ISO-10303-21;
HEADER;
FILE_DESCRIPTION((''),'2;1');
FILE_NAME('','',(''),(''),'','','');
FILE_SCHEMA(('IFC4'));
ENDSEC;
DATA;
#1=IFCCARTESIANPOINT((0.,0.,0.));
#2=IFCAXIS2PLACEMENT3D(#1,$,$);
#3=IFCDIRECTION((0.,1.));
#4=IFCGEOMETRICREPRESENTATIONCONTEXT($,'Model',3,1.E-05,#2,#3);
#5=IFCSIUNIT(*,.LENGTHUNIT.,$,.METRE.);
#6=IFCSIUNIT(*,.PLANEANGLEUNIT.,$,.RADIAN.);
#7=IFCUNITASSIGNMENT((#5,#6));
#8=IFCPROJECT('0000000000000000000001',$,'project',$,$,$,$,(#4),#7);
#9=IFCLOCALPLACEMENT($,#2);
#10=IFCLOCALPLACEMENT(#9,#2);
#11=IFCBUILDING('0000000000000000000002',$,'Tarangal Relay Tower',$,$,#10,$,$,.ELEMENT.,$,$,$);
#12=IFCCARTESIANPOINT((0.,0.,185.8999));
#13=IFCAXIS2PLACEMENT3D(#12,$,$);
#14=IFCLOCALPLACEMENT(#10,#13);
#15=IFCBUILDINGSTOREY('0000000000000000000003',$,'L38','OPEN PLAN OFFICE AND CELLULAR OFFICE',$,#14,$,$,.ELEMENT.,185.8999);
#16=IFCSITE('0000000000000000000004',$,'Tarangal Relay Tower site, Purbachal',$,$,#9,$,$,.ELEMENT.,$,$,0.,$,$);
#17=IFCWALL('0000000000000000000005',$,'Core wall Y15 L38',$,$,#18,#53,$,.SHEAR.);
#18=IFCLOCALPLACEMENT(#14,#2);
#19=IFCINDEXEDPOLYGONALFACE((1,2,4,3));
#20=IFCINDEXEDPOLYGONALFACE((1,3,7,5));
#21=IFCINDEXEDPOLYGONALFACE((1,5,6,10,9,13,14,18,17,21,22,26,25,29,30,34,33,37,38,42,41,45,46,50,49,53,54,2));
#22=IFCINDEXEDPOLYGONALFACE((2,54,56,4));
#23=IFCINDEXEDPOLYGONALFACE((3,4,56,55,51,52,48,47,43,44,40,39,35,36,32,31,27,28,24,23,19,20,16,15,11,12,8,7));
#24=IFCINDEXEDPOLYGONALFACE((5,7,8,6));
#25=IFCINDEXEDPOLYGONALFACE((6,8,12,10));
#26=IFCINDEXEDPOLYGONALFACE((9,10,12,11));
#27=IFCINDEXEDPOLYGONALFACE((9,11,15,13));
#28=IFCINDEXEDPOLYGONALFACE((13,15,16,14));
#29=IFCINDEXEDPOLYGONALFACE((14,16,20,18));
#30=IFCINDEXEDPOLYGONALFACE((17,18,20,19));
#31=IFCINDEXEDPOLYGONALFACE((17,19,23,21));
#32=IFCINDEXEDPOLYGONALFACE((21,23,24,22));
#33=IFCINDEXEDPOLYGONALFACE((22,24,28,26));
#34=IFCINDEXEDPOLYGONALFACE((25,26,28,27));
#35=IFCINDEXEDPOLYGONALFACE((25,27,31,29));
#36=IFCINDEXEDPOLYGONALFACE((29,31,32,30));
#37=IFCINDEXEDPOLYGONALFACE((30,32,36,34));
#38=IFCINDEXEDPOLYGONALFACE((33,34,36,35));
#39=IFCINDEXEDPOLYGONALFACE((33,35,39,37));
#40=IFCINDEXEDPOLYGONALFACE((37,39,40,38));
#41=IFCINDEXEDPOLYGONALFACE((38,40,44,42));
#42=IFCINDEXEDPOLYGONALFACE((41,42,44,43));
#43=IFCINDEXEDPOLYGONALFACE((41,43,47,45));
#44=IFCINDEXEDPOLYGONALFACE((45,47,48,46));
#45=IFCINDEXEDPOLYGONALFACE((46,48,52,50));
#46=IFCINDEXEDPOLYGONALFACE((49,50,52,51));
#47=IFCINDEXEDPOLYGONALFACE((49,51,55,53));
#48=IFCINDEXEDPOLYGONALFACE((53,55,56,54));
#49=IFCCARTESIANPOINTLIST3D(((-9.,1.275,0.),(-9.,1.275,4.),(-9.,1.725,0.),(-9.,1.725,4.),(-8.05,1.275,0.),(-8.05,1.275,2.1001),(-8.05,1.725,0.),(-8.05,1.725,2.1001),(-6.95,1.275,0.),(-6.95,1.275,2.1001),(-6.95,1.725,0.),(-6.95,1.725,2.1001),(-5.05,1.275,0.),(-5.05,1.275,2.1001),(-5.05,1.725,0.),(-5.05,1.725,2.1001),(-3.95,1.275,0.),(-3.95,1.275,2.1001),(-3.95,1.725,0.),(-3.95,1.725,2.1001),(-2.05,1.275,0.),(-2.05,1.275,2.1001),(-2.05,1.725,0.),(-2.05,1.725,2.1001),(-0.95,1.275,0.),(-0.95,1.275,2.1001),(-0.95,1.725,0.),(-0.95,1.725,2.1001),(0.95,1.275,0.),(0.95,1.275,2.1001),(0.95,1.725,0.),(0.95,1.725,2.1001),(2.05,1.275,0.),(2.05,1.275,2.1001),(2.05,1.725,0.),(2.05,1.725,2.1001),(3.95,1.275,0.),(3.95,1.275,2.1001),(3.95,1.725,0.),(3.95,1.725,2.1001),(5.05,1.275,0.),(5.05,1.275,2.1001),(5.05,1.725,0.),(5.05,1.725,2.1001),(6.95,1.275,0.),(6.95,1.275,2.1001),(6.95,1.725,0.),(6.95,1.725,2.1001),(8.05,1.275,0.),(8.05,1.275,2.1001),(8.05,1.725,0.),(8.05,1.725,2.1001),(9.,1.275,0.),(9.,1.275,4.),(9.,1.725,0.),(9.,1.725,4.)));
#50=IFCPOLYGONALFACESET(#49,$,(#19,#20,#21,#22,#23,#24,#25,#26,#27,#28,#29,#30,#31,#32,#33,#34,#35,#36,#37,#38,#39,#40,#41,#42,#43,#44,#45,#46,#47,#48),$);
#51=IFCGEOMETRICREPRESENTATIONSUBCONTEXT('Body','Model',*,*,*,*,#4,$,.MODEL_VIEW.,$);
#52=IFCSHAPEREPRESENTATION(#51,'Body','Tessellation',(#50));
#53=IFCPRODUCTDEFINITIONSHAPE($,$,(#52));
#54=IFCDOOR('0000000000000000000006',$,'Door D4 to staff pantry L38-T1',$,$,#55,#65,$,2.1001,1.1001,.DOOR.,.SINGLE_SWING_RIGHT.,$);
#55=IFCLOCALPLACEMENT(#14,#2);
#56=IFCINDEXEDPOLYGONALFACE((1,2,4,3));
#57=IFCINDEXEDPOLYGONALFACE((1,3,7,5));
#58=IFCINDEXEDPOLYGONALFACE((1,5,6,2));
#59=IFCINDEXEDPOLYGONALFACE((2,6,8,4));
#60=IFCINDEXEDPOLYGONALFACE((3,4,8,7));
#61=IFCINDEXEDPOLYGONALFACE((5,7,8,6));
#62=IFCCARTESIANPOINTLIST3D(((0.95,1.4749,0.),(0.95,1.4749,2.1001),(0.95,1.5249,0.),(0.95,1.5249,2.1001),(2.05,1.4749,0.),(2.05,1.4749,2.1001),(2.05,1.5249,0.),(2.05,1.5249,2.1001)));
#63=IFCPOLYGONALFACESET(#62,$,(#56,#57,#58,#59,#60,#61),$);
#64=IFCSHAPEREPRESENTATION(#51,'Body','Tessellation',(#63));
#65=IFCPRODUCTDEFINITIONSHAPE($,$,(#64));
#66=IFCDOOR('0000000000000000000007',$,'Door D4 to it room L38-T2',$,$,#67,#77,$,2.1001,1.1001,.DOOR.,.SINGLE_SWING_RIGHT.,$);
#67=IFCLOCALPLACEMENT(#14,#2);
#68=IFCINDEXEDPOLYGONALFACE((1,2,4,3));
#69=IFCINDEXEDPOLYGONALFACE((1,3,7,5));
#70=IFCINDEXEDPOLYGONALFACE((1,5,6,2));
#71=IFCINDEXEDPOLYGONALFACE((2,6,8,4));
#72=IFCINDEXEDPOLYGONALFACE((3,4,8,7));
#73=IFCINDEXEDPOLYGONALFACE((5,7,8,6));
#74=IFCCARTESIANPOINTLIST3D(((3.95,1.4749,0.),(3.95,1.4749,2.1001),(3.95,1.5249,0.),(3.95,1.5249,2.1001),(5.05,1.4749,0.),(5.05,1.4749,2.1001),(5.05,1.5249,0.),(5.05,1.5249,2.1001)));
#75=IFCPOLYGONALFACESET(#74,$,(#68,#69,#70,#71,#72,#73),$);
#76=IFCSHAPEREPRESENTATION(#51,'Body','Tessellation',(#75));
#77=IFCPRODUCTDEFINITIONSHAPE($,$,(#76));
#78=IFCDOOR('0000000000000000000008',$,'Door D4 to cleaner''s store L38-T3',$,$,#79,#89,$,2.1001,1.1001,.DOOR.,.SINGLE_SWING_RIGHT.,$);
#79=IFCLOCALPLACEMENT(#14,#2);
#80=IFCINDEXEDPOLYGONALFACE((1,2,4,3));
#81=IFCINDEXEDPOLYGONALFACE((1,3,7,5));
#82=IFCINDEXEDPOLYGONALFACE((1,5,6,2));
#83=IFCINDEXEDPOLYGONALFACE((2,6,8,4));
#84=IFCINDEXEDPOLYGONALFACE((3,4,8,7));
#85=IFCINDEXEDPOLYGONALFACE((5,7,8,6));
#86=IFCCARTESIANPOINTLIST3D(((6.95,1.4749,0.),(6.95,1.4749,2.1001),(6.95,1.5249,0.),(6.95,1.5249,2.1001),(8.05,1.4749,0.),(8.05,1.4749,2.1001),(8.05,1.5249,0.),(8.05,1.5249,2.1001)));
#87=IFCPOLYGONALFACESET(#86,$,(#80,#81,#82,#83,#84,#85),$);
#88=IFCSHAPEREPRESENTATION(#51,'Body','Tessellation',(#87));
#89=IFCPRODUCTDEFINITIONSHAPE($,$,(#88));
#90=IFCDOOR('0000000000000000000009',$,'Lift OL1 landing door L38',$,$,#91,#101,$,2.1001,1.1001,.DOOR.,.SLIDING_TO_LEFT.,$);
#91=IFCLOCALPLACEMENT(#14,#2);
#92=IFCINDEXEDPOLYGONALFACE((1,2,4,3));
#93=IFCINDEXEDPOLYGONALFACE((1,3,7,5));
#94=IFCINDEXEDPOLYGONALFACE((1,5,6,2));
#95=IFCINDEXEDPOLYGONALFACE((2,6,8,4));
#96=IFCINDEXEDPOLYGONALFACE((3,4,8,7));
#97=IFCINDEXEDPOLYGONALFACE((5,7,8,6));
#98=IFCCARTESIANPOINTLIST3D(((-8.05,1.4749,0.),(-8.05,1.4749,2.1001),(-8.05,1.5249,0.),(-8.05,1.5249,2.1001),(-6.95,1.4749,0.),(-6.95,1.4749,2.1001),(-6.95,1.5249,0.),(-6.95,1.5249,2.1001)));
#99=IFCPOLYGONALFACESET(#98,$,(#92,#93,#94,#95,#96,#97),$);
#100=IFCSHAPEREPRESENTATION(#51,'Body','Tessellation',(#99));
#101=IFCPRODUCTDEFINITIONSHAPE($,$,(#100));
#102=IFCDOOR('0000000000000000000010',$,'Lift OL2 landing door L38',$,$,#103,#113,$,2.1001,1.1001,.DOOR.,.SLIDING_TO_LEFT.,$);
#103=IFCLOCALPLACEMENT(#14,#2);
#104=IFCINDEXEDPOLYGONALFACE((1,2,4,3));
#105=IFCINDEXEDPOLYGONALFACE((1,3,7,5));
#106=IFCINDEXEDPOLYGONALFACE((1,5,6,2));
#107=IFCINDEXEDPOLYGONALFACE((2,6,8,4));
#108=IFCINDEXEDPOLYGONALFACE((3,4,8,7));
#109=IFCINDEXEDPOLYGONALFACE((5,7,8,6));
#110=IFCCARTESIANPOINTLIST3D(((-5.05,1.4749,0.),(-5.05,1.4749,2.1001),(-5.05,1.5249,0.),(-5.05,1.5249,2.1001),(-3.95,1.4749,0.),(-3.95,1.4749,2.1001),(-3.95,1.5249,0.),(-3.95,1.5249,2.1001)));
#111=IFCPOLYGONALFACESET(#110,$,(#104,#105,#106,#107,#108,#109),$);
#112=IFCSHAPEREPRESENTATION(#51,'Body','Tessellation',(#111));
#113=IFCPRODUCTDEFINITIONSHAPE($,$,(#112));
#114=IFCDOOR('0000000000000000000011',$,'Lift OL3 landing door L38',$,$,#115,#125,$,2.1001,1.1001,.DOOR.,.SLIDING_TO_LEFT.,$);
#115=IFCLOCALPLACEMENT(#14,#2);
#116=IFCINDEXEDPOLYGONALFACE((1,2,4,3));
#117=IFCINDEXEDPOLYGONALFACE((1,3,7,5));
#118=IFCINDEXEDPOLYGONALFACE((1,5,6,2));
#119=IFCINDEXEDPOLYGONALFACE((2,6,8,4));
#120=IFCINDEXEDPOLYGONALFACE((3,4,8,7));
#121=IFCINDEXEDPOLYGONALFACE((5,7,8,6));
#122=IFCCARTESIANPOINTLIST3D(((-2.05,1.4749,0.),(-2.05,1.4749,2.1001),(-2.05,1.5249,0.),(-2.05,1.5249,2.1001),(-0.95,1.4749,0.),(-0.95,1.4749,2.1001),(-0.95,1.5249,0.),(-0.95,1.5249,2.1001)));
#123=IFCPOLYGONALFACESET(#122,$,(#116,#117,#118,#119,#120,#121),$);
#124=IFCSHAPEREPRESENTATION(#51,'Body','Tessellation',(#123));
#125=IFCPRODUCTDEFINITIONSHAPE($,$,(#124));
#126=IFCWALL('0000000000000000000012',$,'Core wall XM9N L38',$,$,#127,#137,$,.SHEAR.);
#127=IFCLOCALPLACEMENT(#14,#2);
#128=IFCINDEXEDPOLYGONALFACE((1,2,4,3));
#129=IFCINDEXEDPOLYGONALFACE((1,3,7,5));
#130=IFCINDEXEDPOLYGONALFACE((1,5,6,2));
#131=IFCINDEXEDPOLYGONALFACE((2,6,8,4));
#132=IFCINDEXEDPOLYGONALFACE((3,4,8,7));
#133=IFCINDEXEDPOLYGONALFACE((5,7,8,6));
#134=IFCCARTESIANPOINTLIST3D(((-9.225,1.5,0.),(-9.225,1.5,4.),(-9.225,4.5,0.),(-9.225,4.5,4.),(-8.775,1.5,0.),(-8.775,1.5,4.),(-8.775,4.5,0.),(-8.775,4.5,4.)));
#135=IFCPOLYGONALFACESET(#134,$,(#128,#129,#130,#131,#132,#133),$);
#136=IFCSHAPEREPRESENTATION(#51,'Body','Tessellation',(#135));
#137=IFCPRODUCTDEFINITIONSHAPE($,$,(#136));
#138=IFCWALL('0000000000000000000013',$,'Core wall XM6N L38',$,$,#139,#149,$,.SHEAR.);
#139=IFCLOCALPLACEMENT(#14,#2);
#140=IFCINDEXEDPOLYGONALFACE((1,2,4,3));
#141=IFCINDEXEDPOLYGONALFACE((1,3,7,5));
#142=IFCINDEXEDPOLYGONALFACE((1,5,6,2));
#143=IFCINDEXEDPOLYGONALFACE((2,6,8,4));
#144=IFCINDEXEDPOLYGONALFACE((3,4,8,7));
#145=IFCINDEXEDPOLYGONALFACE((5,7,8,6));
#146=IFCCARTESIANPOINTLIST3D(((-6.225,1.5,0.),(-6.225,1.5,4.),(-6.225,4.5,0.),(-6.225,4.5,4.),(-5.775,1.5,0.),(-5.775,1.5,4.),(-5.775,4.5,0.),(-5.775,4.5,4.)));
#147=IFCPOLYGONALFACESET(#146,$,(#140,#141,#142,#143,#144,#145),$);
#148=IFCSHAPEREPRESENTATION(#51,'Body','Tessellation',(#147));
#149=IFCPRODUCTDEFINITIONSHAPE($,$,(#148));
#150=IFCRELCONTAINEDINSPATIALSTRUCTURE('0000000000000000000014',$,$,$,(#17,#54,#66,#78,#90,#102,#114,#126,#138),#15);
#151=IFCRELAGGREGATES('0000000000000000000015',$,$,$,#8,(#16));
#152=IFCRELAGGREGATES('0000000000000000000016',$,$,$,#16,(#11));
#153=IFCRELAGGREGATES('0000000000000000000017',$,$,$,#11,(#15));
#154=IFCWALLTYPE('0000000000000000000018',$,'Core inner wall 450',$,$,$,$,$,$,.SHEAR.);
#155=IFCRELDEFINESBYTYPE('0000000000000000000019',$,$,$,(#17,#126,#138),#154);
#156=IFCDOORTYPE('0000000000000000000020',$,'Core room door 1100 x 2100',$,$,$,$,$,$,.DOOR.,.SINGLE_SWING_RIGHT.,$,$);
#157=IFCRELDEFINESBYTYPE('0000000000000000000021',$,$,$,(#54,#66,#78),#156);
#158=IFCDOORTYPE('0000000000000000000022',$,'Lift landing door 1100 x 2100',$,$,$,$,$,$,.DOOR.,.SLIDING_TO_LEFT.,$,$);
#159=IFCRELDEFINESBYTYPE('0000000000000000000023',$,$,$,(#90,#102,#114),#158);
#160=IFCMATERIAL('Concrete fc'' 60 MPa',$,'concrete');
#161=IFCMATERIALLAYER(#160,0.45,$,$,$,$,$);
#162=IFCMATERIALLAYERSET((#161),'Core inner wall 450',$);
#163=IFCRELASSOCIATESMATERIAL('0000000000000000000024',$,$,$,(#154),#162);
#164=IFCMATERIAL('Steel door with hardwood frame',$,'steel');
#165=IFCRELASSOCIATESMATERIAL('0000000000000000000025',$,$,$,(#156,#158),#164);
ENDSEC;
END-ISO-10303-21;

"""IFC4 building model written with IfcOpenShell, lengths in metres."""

from ifc_helpers import new_model, si_unit, direction, frame, frame_2d, origin, place, context, subcontext, project, spatial, rectangle, extrude, material, layer, layer_set, type_object, element, fill, save


model = new_model("IFC4")

# Units and contexts
model_context = context("Model", 3, precision=1e-05, world=origin(), true_north=direction((0.0, 1.0)))
body_context = subcontext(model_context, "Body", "Model", "MODEL_VIEW")
ifc_project = project(units=[si_unit("LENGTHUNIT", "METRE"), si_unit("PLANEANGLEUNIT", "RADIAN")], contexts=[model_context])

# Site, building, storey
site_placement = place(None, origin())
site = spatial("IfcSite", under=ifc_project, at=site_placement, Name="Tarangal Relay Tower site, Purbachal", CompositionType="ELEMENT", RefElevation=0.0)
building_placement = place(site_placement, origin())
building = spatial("IfcBuilding", under=site, at=building_placement, Name="Tarangal Relay Tower", CompositionType="ELEMENT")
storey_placement = place(building_placement, frame((0.0, 0.0, 185.8999)))
storey = spatial("IfcBuildingStorey", under=building, at=storey_placement, Name="L38", Description="OPEN PLAN OFFICE AND CELLULAR OFFICE", CompositionType="ELEMENT", Elevation=185.8999)

# Wall, openings, doors
ifc_material_1 = material(Name="Concrete fc' 60 MPa", Category="concrete")
ifc_layer = layer(ifc_material_1, 0.45)
ifc_layer_set = layer_set([ifc_layer], Name="Core inner wall 450")
wall_type = type_object("IfcWallType", Name="Core inner wall 450", PredefinedType="SHEAR", material=ifc_layer_set)
ifc_material_2 = material(Name="Steel door with hardwood frame", Category="steel")
wall_1_placement = place(storey_placement, frame((-9.0, 1.5, 0.0), z_axis=(0.0, 0.0, 1.0), x_axis=(1.0, 0.0, 0.0)))
wall_1 = element("IfcWall", 1, at=wall_1_placement, inside=storey, type_object=wall_type, Name="Core wall Y15 L38", PredefinedType="SHEAR", context=body_context, shape_type="SweptSolid", body=[
    extrude(rectangle(XDim=18.0, YDim=0.45, at=frame_2d((9.0, 0.0))), origin(), (0.0, 0.0, 1.0), 4.0),
])
opening_1_placement = place(wall_1_placement, frame((0.95, 0.0, 0.0)))
opening_1 = element("IfcOpeningElement", 2, at=opening_1_placement, cuts=wall_1, PredefinedType="OPENING", context=body_context, shape_type="SweptSolid", body=[
    extrude(rectangle(XDim=1.1001, YDim=2.1001, at=frame_2d((0.55, 1.05))), frame((0.0, 0.2349, 0.0), z_axis=(0.0, -1.0, 0.0), x_axis=(1.0, 0.0, 0.0)), (0.0, 0.0, 1.0), 0.47),
])
opening_2_placement = place(wall_1_placement, frame((3.95, 0.0, 0.0)))
opening_2 = element("IfcOpeningElement", 3, at=opening_2_placement, cuts=wall_1, PredefinedType="OPENING", context=body_context, shape_type="SweptSolid", body=[
    extrude(rectangle(XDim=1.1001, YDim=2.1001, at=frame_2d((0.55, 1.05))), frame((0.0, 0.2349, 0.0), z_axis=(0.0, -1.0, 0.0), x_axis=(1.0, 0.0, 0.0)), (0.0, 0.0, 1.0), 0.47),
])
opening_3_placement = place(wall_1_placement, frame((6.95, 0.0, 0.0)))
opening_3 = element("IfcOpeningElement", 4, at=opening_3_placement, cuts=wall_1, PredefinedType="OPENING", context=body_context, shape_type="SweptSolid", body=[
    extrude(rectangle(XDim=1.1001, YDim=2.1001, at=frame_2d((0.55, 1.05))), frame((0.0, 0.2349, 0.0), z_axis=(0.0, -1.0, 0.0), x_axis=(1.0, 0.0, 0.0)), (0.0, 0.0, 1.0), 0.47),
])
opening_4_placement = place(wall_1_placement, frame((9.95, 0.0, 0.0)))
opening_4 = element("IfcOpeningElement", 5, at=opening_4_placement, cuts=wall_1, PredefinedType="OPENING", context=body_context, shape_type="SweptSolid", body=[
    extrude(rectangle(XDim=1.1001, YDim=2.1001, at=frame_2d((0.55, 1.05))), frame((0.0, 0.2349, 0.0), z_axis=(0.0, -1.0, 0.0), x_axis=(1.0, 0.0, 0.0)), (0.0, 0.0, 1.0), 0.47),
])
opening_5_placement = place(wall_1_placement, frame((12.95, 0.0, 0.0)))
opening_5 = element("IfcOpeningElement", 6, at=opening_5_placement, cuts=wall_1, PredefinedType="OPENING", context=body_context, shape_type="SweptSolid", body=[
    extrude(rectangle(XDim=1.1001, YDim=2.1001, at=frame_2d((0.55, 1.05))), frame((0.0, 0.2349, 0.0), z_axis=(0.0, -1.0, 0.0), x_axis=(1.0, 0.0, 0.0)), (0.0, 0.0, 1.0), 0.47),
])
opening_6_placement = place(wall_1_placement, frame((15.95, 0.0, 0.0)))
opening_6 = element("IfcOpeningElement", 7, at=opening_6_placement, cuts=wall_1, PredefinedType="OPENING", context=body_context, shape_type="SweptSolid", body=[
    extrude(rectangle(XDim=1.1001, YDim=2.1001, at=frame_2d((0.55, 1.05))), frame((0.0, 0.2349, 0.0), z_axis=(0.0, -1.0, 0.0), x_axis=(1.0, 0.0, 0.0)), (0.0, 0.0, 1.0), 0.47),
])
door_type_1 = type_object("IfcDoorType", Name="Core room door 1100 x 2100", OperationType="SINGLE_SWING_RIGHT", PredefinedType="DOOR", material=ifc_material_2)
door_1_placement = place(opening_4_placement, origin())
door_1 = element("IfcDoor", 8, at=door_1_placement, inside=storey, type_object=door_type_1, Name="Door D4 to staff pantry L38-T1", OperationType="SINGLE_SWING_RIGHT", OverallHeight=2.1001, OverallWidth=1.1001, PredefinedType="DOOR", context=body_context, shape_type="SweptSolid", body=[
    extrude(rectangle(XDim=1.1001, YDim=2.1001, at=frame_2d((0.55, 1.05))), frame((0.0, 0.0249, 0.0), z_axis=(0.0, -1.0, 0.0), x_axis=(1.0, 0.0, 0.0)), (0.0, 0.0, 1.0), 0.05),
])
fill(opening_4, door_1)
door_2_placement = place(opening_5_placement, origin())
door_2 = element("IfcDoor", 9, at=door_2_placement, inside=storey, type_object=door_type_1, Name="Door D4 to it room L38-T2", OperationType="SINGLE_SWING_RIGHT", OverallHeight=2.1001, OverallWidth=1.1001, PredefinedType="DOOR", context=body_context, shape_type="SweptSolid", body=[
    extrude(rectangle(XDim=1.1001, YDim=2.1001, at=frame_2d((0.55, 1.05))), frame((0.0, 0.0249, 0.0), z_axis=(0.0, -1.0, 0.0), x_axis=(1.0, 0.0, 0.0)), (0.0, 0.0, 1.0), 0.05),
])
fill(opening_5, door_2)
door_3_placement = place(opening_6_placement, origin())
door_3 = element("IfcDoor", 10, at=door_3_placement, inside=storey, type_object=door_type_1, Name="Door D4 to cleaner's store L38-T3", OperationType="SINGLE_SWING_RIGHT", OverallHeight=2.1001, OverallWidth=1.1001, PredefinedType="DOOR", context=body_context, shape_type="SweptSolid", body=[
    extrude(rectangle(XDim=1.1001, YDim=2.1001, at=frame_2d((0.55, 1.05))), frame((0.0, 0.0249, 0.0), z_axis=(0.0, -1.0, 0.0), x_axis=(1.0, 0.0, 0.0)), (0.0, 0.0, 1.0), 0.05),
])
fill(opening_6, door_3)
door_type_2 = type_object("IfcDoorType", Name="Lift landing door 1100 x 2100", OperationType="SLIDING_TO_LEFT", PredefinedType="DOOR", material=ifc_material_2)
door_4_placement = place(opening_1_placement, origin())
door_4 = element("IfcDoor", 11, at=door_4_placement, inside=storey, type_object=door_type_2, Name="Lift OL1 landing door L38", OperationType="SLIDING_TO_LEFT", OverallHeight=2.1001, OverallWidth=1.1001, PredefinedType="DOOR", context=body_context, shape_type="SweptSolid", body=[
    extrude(rectangle(XDim=1.1001, YDim=2.1001, at=frame_2d((0.55, 1.05))), frame((0.0, 0.0249, 0.0), z_axis=(0.0, -1.0, 0.0), x_axis=(1.0, 0.0, 0.0)), (0.0, 0.0, 1.0), 0.05),
])
fill(opening_1, door_4)
door_5_placement = place(opening_2_placement, origin())
door_5 = element("IfcDoor", 12, at=door_5_placement, inside=storey, type_object=door_type_2, Name="Lift OL2 landing door L38", OperationType="SLIDING_TO_LEFT", OverallHeight=2.1001, OverallWidth=1.1001, PredefinedType="DOOR", context=body_context, shape_type="SweptSolid", body=[
    extrude(rectangle(XDim=1.1001, YDim=2.1001, at=frame_2d((0.55, 1.05))), frame((0.0, 0.0249, 0.0), z_axis=(0.0, -1.0, 0.0), x_axis=(1.0, 0.0, 0.0)), (0.0, 0.0, 1.0), 0.05),
])
fill(opening_2, door_5)
door_6_placement = place(opening_3_placement, origin())
door_6 = element("IfcDoor", 13, at=door_6_placement, inside=storey, type_object=door_type_2, Name="Lift OL3 landing door L38", OperationType="SLIDING_TO_LEFT", OverallHeight=2.1001, OverallWidth=1.1001, PredefinedType="DOOR", context=body_context, shape_type="SweptSolid", body=[
    extrude(rectangle(XDim=1.1001, YDim=2.1001, at=frame_2d((0.55, 1.05))), frame((0.0, 0.0249, 0.0), z_axis=(0.0, -1.0, 0.0), x_axis=(1.0, 0.0, 0.0)), (0.0, 0.0, 1.0), 0.05),
])
fill(opening_3, door_6)

# Walls
for number, where, z_axis, x_axis, name in (
    (14, (-9.0, 1.5, 0.0), (0.0, 0.0, 1.0), (0.0, 1.0, 0.0), "Core wall XM9N L38"),
    (15, (-6.0, 1.5, 0.0), (0.0, 0.0, 1.0), (0.0, 1.0, 0.0), "Core wall XM6N L38"),
):
    element("IfcWall", number, at=place(storey_placement, frame(where, z_axis=z_axis, x_axis=x_axis)), inside=storey, type_object=wall_type, Name=name, PredefinedType="SHEAR", context=body_context, shape_type="SweptSolid", body=[
        extrude(rectangle(XDim=3.0, YDim=0.45, at=frame_2d((1.5, 0.0))), origin(), (0.0, 0.0, 1.0), 4.0),
    ])

save(model, "model.ifc")
